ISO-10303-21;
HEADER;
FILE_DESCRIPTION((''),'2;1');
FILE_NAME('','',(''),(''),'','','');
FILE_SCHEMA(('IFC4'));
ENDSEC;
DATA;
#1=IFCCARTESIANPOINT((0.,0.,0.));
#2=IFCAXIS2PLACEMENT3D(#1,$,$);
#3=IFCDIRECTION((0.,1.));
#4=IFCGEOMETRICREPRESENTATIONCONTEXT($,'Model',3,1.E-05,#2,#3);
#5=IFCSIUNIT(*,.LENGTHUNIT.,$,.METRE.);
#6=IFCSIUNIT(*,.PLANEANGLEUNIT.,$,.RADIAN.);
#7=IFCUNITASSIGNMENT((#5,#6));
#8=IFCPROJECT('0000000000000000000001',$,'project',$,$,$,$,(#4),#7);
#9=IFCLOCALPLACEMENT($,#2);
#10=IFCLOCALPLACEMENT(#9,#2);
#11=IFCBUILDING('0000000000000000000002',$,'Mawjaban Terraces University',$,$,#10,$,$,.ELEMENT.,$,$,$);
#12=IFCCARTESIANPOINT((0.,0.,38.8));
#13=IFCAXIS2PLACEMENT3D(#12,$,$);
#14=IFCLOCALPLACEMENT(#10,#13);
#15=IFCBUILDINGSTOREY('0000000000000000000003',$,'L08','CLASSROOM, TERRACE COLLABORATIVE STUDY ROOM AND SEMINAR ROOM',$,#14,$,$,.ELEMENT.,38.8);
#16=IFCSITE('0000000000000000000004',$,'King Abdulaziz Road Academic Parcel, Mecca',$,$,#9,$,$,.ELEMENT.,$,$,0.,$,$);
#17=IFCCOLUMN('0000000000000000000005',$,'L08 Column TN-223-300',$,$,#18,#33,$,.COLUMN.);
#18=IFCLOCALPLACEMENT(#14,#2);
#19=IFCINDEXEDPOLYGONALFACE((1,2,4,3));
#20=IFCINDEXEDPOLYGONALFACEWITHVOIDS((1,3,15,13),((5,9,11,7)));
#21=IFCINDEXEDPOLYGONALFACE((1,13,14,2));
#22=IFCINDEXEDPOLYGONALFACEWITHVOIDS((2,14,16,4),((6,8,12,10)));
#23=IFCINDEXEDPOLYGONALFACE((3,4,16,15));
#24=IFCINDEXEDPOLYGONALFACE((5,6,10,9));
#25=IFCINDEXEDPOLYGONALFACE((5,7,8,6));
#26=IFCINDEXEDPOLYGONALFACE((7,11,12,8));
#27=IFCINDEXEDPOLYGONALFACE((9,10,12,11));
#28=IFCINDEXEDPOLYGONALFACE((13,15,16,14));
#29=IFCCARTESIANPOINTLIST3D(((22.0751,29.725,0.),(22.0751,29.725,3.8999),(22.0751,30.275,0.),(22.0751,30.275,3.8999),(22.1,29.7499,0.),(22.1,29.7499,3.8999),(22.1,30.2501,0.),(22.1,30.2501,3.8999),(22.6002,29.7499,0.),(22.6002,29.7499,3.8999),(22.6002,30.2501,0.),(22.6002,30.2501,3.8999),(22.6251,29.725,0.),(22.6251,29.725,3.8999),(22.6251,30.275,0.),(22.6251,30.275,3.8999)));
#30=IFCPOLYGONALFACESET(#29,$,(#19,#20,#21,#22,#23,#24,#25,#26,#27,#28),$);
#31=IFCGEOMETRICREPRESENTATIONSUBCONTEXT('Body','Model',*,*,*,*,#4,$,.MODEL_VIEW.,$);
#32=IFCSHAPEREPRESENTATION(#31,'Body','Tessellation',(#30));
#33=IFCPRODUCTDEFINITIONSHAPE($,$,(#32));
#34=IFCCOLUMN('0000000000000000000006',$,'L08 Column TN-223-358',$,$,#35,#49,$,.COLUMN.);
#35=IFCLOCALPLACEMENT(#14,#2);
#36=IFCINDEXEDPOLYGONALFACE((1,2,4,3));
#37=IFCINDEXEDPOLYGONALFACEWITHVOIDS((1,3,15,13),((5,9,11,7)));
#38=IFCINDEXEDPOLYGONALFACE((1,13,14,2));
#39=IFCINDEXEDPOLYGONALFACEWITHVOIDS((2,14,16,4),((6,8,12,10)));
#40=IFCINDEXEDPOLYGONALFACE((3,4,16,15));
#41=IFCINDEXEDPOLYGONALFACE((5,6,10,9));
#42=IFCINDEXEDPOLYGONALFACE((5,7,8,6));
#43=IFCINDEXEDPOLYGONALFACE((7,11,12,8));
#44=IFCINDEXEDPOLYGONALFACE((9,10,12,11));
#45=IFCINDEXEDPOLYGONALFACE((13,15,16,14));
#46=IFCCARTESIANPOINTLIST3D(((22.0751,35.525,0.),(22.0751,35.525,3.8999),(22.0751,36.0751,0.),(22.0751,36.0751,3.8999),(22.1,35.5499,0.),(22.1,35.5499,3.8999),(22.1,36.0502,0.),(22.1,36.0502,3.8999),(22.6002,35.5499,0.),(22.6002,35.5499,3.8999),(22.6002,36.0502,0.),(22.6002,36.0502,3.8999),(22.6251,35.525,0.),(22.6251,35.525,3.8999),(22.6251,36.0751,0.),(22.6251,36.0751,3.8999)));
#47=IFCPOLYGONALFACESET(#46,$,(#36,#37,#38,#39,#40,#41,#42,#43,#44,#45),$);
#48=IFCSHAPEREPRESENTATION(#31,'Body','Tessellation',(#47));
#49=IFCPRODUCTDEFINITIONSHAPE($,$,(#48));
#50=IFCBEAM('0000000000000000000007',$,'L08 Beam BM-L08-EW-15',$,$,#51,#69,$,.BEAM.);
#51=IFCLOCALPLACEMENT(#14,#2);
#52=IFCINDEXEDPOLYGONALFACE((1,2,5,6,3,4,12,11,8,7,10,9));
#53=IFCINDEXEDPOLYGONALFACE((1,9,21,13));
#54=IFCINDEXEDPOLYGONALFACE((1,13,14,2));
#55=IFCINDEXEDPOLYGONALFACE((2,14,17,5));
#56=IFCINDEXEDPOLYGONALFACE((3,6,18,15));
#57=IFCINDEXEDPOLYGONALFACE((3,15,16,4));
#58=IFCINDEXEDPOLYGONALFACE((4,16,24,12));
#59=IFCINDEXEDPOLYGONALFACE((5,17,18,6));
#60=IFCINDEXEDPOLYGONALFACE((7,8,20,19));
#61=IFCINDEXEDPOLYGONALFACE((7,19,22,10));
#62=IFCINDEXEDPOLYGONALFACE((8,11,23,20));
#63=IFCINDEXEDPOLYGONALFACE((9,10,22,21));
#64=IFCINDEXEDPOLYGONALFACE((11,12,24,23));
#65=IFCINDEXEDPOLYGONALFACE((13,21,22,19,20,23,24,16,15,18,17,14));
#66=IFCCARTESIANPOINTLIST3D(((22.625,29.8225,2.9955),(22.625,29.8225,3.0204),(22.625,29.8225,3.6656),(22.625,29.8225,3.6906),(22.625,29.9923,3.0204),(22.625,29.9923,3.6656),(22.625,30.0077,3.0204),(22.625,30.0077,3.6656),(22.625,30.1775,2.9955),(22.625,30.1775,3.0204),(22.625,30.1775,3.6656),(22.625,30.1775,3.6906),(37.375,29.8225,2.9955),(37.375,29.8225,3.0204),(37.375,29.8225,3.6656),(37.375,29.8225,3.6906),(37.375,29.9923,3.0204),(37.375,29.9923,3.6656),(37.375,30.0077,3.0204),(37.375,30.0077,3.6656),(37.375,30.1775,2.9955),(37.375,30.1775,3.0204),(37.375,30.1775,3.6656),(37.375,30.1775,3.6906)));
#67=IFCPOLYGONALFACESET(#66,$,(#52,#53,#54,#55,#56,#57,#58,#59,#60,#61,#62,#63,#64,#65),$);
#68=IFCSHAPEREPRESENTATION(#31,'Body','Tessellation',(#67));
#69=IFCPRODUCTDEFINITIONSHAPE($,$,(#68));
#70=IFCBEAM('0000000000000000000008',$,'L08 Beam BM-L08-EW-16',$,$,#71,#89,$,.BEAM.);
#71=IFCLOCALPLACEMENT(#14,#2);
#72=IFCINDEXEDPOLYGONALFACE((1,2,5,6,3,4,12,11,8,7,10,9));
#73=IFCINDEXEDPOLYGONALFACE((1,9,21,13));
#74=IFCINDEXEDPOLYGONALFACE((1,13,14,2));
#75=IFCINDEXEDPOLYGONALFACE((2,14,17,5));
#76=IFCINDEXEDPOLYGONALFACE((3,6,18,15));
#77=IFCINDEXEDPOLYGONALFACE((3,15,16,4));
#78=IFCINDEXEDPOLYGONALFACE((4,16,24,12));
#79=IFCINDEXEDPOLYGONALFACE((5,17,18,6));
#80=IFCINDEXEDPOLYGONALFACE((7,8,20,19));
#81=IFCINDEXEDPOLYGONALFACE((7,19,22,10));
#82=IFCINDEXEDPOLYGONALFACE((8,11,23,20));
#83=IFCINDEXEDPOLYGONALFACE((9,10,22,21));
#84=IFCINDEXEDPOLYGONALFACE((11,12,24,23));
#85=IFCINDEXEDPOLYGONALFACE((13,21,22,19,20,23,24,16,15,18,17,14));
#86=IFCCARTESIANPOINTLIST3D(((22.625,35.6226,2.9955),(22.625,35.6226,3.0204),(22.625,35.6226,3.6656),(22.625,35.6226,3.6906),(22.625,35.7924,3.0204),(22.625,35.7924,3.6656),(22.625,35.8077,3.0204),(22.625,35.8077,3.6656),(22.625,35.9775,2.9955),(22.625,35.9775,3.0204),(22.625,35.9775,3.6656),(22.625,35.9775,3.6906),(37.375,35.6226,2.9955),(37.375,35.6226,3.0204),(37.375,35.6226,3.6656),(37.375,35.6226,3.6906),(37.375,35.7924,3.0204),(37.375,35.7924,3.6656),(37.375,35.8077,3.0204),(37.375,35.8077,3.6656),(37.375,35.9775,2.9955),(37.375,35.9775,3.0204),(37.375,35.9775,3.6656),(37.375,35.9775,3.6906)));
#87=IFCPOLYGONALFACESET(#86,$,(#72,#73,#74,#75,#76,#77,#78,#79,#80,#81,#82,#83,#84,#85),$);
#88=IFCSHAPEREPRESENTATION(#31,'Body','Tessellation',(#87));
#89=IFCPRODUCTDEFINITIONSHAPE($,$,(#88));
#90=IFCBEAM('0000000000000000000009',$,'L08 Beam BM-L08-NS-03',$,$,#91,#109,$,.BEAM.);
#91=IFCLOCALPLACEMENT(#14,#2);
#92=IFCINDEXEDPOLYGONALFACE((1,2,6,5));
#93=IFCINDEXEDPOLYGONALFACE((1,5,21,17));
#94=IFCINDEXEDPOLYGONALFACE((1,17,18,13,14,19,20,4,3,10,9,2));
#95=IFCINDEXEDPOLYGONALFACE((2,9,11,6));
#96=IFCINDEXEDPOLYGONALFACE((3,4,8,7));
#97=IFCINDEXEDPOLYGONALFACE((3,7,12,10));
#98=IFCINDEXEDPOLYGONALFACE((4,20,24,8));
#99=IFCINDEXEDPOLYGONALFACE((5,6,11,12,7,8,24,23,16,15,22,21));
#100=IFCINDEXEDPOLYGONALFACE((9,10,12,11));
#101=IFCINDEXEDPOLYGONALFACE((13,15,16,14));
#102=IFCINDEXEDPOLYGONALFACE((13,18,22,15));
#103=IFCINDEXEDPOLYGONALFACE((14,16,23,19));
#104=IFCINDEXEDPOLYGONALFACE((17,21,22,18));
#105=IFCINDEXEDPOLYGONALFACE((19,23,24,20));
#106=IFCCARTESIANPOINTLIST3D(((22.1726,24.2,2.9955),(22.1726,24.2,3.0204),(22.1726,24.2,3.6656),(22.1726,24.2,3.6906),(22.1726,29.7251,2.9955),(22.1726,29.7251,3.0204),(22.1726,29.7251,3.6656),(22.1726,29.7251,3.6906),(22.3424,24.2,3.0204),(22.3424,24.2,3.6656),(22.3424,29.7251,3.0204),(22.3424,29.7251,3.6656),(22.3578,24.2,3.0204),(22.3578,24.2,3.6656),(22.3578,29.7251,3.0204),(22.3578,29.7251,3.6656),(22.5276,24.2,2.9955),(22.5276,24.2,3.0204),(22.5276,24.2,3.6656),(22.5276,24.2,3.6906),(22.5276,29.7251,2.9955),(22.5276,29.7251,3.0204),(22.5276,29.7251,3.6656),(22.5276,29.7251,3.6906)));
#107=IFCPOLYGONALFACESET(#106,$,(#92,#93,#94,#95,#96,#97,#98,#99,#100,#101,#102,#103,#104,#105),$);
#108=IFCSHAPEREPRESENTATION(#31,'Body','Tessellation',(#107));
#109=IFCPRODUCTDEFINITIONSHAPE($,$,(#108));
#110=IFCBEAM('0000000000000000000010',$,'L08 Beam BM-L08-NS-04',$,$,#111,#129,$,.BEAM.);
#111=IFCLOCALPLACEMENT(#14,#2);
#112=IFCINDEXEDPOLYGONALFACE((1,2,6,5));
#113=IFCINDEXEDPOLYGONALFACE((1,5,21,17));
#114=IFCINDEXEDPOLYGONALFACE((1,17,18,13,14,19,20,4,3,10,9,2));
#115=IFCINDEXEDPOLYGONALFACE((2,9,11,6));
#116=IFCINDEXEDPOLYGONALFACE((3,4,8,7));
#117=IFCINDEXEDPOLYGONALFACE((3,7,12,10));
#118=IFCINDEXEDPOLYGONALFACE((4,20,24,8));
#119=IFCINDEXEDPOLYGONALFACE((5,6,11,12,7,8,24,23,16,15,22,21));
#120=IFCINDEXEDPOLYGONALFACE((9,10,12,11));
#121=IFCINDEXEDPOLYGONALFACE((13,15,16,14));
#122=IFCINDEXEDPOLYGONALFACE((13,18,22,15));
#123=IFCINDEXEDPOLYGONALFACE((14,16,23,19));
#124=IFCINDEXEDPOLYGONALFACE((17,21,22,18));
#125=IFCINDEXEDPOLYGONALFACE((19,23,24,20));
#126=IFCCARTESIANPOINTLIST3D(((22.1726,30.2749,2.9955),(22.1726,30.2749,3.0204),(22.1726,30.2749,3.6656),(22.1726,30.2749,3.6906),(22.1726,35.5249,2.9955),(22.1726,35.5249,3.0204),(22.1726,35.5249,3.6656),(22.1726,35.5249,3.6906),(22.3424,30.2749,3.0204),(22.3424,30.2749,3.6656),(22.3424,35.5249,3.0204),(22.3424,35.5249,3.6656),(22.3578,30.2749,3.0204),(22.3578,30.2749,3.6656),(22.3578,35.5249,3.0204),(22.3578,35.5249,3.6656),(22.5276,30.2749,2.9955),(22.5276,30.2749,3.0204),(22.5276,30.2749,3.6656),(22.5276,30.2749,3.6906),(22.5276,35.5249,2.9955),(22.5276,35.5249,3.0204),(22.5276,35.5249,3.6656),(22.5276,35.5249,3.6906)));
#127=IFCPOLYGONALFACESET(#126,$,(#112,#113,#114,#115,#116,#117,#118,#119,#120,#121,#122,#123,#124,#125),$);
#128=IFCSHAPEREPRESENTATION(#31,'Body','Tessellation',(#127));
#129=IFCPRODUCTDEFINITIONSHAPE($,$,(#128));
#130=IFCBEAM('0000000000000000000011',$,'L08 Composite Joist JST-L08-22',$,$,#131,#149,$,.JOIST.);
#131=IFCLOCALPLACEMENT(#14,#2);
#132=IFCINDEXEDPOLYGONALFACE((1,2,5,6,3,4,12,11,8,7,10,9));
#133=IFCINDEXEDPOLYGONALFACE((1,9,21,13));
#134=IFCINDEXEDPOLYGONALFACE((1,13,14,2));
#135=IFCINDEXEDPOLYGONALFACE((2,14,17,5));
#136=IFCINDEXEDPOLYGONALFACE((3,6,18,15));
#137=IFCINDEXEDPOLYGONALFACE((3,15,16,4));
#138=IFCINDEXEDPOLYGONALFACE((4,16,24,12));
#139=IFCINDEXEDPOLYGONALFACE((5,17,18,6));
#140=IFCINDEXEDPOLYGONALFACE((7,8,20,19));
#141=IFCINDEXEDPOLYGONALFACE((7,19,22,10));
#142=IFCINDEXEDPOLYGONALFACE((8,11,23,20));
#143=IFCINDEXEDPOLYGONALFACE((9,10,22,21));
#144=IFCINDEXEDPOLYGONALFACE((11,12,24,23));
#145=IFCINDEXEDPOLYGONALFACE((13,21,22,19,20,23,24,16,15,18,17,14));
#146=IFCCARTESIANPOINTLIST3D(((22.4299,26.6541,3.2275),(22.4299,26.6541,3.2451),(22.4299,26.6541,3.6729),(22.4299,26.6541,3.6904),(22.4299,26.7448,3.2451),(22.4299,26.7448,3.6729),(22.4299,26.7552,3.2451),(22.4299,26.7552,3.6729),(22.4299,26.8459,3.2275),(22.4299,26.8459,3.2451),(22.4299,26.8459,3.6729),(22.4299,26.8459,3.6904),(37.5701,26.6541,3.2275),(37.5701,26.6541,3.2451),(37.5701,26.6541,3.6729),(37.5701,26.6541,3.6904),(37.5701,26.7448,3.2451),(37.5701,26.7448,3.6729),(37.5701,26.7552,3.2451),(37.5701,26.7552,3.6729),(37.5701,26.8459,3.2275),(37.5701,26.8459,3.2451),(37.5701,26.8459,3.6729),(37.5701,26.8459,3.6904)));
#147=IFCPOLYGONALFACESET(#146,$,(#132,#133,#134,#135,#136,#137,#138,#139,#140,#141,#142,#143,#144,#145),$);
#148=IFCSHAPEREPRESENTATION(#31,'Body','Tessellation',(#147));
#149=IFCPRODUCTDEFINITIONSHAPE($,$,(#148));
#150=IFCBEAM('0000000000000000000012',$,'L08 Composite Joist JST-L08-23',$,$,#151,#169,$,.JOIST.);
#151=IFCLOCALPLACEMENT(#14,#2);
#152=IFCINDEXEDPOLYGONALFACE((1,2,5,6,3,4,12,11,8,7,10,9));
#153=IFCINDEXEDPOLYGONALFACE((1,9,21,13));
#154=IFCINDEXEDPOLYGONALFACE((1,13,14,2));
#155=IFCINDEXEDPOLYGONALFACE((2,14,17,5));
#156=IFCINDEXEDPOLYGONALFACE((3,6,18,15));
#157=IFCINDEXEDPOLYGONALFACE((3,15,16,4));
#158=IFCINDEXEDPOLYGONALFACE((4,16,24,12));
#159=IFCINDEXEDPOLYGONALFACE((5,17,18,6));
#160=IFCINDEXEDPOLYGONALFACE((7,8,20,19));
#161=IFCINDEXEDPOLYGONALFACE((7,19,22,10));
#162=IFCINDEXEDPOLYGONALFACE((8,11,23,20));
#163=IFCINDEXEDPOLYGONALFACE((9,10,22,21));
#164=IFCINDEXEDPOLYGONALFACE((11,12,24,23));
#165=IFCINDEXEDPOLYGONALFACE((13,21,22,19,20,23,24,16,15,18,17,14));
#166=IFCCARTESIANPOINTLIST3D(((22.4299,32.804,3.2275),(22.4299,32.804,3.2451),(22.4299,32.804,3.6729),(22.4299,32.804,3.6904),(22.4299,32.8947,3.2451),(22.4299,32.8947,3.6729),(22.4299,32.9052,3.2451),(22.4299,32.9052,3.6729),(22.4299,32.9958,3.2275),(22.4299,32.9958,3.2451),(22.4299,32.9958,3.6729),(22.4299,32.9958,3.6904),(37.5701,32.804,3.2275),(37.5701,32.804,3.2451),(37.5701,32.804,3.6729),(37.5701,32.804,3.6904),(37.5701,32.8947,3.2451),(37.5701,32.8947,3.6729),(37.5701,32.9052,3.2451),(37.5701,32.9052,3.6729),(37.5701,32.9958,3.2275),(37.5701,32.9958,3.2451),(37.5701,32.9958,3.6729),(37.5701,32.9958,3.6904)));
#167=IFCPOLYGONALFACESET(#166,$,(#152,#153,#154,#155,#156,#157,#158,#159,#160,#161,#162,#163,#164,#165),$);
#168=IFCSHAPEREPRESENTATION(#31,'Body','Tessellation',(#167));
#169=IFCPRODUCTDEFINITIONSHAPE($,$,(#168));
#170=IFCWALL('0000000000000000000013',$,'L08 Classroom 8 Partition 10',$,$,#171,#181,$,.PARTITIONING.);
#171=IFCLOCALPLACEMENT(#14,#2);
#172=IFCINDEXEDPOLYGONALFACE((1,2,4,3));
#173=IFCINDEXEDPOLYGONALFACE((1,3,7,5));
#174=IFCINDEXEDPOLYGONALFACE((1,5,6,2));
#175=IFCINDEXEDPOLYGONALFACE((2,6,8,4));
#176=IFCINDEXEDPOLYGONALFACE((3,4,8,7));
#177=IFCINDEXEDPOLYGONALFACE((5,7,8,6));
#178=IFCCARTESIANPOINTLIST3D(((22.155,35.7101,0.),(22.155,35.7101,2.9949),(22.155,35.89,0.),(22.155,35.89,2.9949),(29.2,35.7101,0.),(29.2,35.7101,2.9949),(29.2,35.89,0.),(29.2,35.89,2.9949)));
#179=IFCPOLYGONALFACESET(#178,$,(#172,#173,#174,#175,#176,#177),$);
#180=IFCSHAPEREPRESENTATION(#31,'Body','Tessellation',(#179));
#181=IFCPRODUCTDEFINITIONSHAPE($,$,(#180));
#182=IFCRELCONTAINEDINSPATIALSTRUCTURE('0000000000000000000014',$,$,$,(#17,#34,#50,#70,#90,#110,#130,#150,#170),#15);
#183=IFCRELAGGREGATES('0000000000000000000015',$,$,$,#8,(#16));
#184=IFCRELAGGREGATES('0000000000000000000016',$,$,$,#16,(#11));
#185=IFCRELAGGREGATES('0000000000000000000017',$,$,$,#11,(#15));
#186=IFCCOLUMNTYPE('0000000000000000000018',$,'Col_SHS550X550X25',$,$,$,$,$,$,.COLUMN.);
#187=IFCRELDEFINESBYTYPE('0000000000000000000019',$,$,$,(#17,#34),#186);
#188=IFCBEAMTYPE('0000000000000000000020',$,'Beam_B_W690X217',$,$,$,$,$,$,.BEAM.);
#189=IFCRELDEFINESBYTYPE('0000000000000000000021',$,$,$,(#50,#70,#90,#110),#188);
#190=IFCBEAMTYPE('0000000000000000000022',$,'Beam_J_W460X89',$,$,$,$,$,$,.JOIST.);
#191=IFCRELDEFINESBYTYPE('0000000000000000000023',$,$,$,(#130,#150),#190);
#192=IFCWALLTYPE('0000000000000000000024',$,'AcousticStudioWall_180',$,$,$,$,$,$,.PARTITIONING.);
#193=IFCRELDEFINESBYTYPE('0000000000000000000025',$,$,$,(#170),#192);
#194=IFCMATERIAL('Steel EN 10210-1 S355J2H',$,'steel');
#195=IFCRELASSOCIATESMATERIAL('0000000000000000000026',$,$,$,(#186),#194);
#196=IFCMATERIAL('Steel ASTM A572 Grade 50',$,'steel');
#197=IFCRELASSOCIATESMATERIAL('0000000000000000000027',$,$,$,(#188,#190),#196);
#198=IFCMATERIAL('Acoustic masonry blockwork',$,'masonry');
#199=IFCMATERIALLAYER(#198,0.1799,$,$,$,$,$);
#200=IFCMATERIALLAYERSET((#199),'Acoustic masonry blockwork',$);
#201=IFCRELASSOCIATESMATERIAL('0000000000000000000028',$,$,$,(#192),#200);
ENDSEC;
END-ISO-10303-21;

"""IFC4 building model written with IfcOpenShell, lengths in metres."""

from ifc_helpers import new_model, si_unit, direction, frame, frame_2d, origin, origin_2d, place, context, subcontext, project, spatial, rectangle, hollow_rectangle, i_section, extrude, material, layer, layer_set, material_profile, profile_set, type_object, element, save


model = new_model("IFC4")

# Units and contexts
model_context = context("Model", 3, precision=1e-05, world=origin(), true_north=direction((0.0, 1.0)))
body_context = subcontext(model_context, "Body", "Model", "MODEL_VIEW")
ifc_project = project(units=[si_unit("LENGTHUNIT", "METRE"), si_unit("PLANEANGLEUNIT", "RADIAN")], contexts=[model_context])

# Site, building, storey
site_placement = place(None, origin())
site = spatial("IfcSite", under=ifc_project, at=site_placement, Name="King Abdulaziz Road Academic Parcel, Mecca", CompositionType="ELEMENT", RefElevation=0.0)
building_placement = place(site_placement, origin())
building = spatial("IfcBuilding", under=site, at=building_placement, Name="Mawjaban Terraces University", CompositionType="ELEMENT")
storey_placement = place(building_placement, frame((0.0, 0.0, 38.8)))
storey = spatial("IfcBuildingStorey", under=building, at=storey_placement, Name="L08", Description="CLASSROOM, TERRACE COLLABORATIVE STUDY ROOM AND SEMINAR ROOM", CompositionType="ELEMENT", Elevation=38.8)

# Columns
ifc_material_1 = material(Name="Steel EN 10210-1 S355J2H", Category="steel")
ifc_material_profile_1 = material_profile(ifc_material_1, hollow_rectangle(XDim=0.55, YDim=0.55, WallThickness=0.0249, at=origin_2d()), Name="SHS550X550X25")
ifc_profile_set_1 = profile_set([ifc_material_profile_1], Name="Steel EN 10210-1 S355J2H")
column_type = type_object("IfcColumnType", Name="Col_SHS550X550X25", PredefinedType="COLUMN", material=ifc_profile_set_1)
for number, where, z_axis, x_axis, name in (
    (1, (22.3501, 30.0, 0.0), (0.0, 0.0, 1.0), (1.0, 0.0, 0.0), "L08 Column TN-223-300"),
    (2, (22.3501, 35.8, 0.0), (0.0, 0.0, 1.0), (1.0, 0.0, 0.0), "L08 Column TN-223-358"),
):
    element("IfcColumn", number, at=place(storey_placement, frame(where, z_axis=z_axis, x_axis=x_axis)), inside=storey, type_object=column_type, Name=name, PredefinedType="COLUMN", context=body_context, shape_type="SweptSolid", body=[
        extrude(hollow_rectangle(XDim=0.55, YDim=0.55, WallThickness=0.0249, at=origin_2d()), origin(), (0.0, 0.0, 1.0), 3.8999),
    ])

# Beams
ifc_material_2 = material(Name="Steel ASTM A572 Grade 50", Category="steel")
ifc_material_profile_2 = material_profile(ifc_material_2, i_section(OverallWidth=0.355, OverallDepth=0.6951, WebThickness=0.0154, FlangeThickness=0.0249, at=origin_2d()), Name="W690X217")
ifc_profile_set_2 = profile_set([ifc_material_profile_2], Name="Steel ASTM A572 Grade 50")
beam_type_1 = type_object("IfcBeamType", Name="Beam_B_W690X217", PredefinedType="BEAM", material=ifc_profile_set_2)
for number, where, z_axis, x_axis, name in (
    (3, (22.625, 30.0, 3.343), (1.0, 0.0, 0.0), (0.0, 1.0, 0.0), "L08 Beam BM-L08-EW-15"),
    (4, (22.625, 35.8, 3.343), (1.0, 0.0, 0.0), (0.0, 1.0, 0.0), "L08 Beam BM-L08-EW-16"),
):
    element("IfcBeam", number, at=place(storey_placement, frame(where, z_axis=z_axis, x_axis=x_axis)), inside=storey, type_object=beam_type_1, Name=name, PredefinedType="BEAM", context=body_context, shape_type="SweptSolid", body=[
        extrude(i_section(OverallWidth=0.355, OverallDepth=0.6951, WebThickness=0.0154, FlangeThickness=0.0249, at=origin_2d()), origin(), (0.0, 0.0, 1.0), 14.75),
    ])
beam_1_placement = place(storey_placement, frame((22.3501, 24.2, 3.343), z_axis=(0.0, 1.0, 0.0), x_axis=(-1.0, 0.0, 0.0)))
element("IfcBeam", 5, at=beam_1_placement, inside=storey, type_object=beam_type_1, Name="L08 Beam BM-L08-NS-03", PredefinedType="BEAM", context=body_context, shape_type="SweptSolid", body=[
    extrude(i_section(OverallWidth=0.355, OverallDepth=0.6951, WebThickness=0.0154, FlangeThickness=0.0249, at=origin_2d()), origin(), (0.0, 0.0, 1.0), 5.5251),
])
beam_2_placement = place(storey_placement, frame((22.3501, 30.2749, 3.343), z_axis=(0.0, 1.0, 0.0), x_axis=(-1.0, 0.0, 0.0)))
element("IfcBeam", 6, at=beam_2_placement, inside=storey, type_object=beam_type_1, Name="L08 Beam BM-L08-NS-04", PredefinedType="BEAM", context=body_context, shape_type="SweptSolid", body=[
    extrude(i_section(OverallWidth=0.355, OverallDepth=0.6951, WebThickness=0.0154, FlangeThickness=0.0249, at=origin_2d()), origin(), (0.0, 0.0, 1.0), 5.25),
])
ifc_material_profile_3 = material_profile(ifc_material_2, i_section(OverallWidth=0.1919, OverallDepth=0.4629, WebThickness=0.0105, FlangeThickness=0.0176, at=origin_2d()), Name="W460X89")
ifc_profile_set_3 = profile_set([ifc_material_profile_3], Name="Steel ASTM A572 Grade 50")
beam_type_2 = type_object("IfcBeamType", Name="Beam_J_W460X89", PredefinedType="JOIST", material=ifc_profile_set_3)
for number, where, z_axis, x_axis, name in (
    (7, (22.4299, 26.75, 3.459), (1.0, 0.0, 0.0), (0.0, 1.0, 0.0), "L08 Composite Joist JST-L08-22"),
    (8, (22.4299, 32.8999, 3.459), (1.0, 0.0, 0.0), (0.0, 1.0, 0.0), "L08 Composite Joist JST-L08-23"),
):
    element("IfcBeam", number, at=place(storey_placement, frame(where, z_axis=z_axis, x_axis=x_axis)), inside=storey, type_object=beam_type_2, Name=name, PredefinedType="JOIST", context=body_context, shape_type="SweptSolid", body=[
        extrude(i_section(OverallWidth=0.1919, OverallDepth=0.4629, WebThickness=0.0105, FlangeThickness=0.0176, at=origin_2d()), origin(), (0.0, 0.0, 1.0), 15.1401),
    ])

# Wall
ifc_material_3 = material(Name="Acoustic masonry blockwork", Category="masonry")
ifc_layer_1 = layer(ifc_material_3, 0.1799)
ifc_layer_set_1 = layer_set([ifc_layer_1], Name="Acoustic masonry blockwork")
wall_type_1 = type_object("IfcWallType", Name="AcousticStudioWall_180", PredefinedType="PARTITIONING", material=ifc_layer_set_1)
wall_1_placement = place(storey_placement, frame((29.2, 35.8, 0.0), z_axis=(0.0, 0.0, 1.0), x_axis=(-1.0, 0.0, 0.0)))
element("IfcWall", 9, at=wall_1_placement, inside=storey, type_object=wall_type_1, Name="L08 Classroom 8 Partition 10", PredefinedType="PARTITIONING", context=body_context, shape_type="SweptSolid", body=[
    extrude(rectangle(XDim=7.0449, YDim=0.1799, at=frame_2d((3.5225, 0.0))), origin(), (0.0, 0.0, 1.0), 2.9949),
])

save(model, "model.ifc")
